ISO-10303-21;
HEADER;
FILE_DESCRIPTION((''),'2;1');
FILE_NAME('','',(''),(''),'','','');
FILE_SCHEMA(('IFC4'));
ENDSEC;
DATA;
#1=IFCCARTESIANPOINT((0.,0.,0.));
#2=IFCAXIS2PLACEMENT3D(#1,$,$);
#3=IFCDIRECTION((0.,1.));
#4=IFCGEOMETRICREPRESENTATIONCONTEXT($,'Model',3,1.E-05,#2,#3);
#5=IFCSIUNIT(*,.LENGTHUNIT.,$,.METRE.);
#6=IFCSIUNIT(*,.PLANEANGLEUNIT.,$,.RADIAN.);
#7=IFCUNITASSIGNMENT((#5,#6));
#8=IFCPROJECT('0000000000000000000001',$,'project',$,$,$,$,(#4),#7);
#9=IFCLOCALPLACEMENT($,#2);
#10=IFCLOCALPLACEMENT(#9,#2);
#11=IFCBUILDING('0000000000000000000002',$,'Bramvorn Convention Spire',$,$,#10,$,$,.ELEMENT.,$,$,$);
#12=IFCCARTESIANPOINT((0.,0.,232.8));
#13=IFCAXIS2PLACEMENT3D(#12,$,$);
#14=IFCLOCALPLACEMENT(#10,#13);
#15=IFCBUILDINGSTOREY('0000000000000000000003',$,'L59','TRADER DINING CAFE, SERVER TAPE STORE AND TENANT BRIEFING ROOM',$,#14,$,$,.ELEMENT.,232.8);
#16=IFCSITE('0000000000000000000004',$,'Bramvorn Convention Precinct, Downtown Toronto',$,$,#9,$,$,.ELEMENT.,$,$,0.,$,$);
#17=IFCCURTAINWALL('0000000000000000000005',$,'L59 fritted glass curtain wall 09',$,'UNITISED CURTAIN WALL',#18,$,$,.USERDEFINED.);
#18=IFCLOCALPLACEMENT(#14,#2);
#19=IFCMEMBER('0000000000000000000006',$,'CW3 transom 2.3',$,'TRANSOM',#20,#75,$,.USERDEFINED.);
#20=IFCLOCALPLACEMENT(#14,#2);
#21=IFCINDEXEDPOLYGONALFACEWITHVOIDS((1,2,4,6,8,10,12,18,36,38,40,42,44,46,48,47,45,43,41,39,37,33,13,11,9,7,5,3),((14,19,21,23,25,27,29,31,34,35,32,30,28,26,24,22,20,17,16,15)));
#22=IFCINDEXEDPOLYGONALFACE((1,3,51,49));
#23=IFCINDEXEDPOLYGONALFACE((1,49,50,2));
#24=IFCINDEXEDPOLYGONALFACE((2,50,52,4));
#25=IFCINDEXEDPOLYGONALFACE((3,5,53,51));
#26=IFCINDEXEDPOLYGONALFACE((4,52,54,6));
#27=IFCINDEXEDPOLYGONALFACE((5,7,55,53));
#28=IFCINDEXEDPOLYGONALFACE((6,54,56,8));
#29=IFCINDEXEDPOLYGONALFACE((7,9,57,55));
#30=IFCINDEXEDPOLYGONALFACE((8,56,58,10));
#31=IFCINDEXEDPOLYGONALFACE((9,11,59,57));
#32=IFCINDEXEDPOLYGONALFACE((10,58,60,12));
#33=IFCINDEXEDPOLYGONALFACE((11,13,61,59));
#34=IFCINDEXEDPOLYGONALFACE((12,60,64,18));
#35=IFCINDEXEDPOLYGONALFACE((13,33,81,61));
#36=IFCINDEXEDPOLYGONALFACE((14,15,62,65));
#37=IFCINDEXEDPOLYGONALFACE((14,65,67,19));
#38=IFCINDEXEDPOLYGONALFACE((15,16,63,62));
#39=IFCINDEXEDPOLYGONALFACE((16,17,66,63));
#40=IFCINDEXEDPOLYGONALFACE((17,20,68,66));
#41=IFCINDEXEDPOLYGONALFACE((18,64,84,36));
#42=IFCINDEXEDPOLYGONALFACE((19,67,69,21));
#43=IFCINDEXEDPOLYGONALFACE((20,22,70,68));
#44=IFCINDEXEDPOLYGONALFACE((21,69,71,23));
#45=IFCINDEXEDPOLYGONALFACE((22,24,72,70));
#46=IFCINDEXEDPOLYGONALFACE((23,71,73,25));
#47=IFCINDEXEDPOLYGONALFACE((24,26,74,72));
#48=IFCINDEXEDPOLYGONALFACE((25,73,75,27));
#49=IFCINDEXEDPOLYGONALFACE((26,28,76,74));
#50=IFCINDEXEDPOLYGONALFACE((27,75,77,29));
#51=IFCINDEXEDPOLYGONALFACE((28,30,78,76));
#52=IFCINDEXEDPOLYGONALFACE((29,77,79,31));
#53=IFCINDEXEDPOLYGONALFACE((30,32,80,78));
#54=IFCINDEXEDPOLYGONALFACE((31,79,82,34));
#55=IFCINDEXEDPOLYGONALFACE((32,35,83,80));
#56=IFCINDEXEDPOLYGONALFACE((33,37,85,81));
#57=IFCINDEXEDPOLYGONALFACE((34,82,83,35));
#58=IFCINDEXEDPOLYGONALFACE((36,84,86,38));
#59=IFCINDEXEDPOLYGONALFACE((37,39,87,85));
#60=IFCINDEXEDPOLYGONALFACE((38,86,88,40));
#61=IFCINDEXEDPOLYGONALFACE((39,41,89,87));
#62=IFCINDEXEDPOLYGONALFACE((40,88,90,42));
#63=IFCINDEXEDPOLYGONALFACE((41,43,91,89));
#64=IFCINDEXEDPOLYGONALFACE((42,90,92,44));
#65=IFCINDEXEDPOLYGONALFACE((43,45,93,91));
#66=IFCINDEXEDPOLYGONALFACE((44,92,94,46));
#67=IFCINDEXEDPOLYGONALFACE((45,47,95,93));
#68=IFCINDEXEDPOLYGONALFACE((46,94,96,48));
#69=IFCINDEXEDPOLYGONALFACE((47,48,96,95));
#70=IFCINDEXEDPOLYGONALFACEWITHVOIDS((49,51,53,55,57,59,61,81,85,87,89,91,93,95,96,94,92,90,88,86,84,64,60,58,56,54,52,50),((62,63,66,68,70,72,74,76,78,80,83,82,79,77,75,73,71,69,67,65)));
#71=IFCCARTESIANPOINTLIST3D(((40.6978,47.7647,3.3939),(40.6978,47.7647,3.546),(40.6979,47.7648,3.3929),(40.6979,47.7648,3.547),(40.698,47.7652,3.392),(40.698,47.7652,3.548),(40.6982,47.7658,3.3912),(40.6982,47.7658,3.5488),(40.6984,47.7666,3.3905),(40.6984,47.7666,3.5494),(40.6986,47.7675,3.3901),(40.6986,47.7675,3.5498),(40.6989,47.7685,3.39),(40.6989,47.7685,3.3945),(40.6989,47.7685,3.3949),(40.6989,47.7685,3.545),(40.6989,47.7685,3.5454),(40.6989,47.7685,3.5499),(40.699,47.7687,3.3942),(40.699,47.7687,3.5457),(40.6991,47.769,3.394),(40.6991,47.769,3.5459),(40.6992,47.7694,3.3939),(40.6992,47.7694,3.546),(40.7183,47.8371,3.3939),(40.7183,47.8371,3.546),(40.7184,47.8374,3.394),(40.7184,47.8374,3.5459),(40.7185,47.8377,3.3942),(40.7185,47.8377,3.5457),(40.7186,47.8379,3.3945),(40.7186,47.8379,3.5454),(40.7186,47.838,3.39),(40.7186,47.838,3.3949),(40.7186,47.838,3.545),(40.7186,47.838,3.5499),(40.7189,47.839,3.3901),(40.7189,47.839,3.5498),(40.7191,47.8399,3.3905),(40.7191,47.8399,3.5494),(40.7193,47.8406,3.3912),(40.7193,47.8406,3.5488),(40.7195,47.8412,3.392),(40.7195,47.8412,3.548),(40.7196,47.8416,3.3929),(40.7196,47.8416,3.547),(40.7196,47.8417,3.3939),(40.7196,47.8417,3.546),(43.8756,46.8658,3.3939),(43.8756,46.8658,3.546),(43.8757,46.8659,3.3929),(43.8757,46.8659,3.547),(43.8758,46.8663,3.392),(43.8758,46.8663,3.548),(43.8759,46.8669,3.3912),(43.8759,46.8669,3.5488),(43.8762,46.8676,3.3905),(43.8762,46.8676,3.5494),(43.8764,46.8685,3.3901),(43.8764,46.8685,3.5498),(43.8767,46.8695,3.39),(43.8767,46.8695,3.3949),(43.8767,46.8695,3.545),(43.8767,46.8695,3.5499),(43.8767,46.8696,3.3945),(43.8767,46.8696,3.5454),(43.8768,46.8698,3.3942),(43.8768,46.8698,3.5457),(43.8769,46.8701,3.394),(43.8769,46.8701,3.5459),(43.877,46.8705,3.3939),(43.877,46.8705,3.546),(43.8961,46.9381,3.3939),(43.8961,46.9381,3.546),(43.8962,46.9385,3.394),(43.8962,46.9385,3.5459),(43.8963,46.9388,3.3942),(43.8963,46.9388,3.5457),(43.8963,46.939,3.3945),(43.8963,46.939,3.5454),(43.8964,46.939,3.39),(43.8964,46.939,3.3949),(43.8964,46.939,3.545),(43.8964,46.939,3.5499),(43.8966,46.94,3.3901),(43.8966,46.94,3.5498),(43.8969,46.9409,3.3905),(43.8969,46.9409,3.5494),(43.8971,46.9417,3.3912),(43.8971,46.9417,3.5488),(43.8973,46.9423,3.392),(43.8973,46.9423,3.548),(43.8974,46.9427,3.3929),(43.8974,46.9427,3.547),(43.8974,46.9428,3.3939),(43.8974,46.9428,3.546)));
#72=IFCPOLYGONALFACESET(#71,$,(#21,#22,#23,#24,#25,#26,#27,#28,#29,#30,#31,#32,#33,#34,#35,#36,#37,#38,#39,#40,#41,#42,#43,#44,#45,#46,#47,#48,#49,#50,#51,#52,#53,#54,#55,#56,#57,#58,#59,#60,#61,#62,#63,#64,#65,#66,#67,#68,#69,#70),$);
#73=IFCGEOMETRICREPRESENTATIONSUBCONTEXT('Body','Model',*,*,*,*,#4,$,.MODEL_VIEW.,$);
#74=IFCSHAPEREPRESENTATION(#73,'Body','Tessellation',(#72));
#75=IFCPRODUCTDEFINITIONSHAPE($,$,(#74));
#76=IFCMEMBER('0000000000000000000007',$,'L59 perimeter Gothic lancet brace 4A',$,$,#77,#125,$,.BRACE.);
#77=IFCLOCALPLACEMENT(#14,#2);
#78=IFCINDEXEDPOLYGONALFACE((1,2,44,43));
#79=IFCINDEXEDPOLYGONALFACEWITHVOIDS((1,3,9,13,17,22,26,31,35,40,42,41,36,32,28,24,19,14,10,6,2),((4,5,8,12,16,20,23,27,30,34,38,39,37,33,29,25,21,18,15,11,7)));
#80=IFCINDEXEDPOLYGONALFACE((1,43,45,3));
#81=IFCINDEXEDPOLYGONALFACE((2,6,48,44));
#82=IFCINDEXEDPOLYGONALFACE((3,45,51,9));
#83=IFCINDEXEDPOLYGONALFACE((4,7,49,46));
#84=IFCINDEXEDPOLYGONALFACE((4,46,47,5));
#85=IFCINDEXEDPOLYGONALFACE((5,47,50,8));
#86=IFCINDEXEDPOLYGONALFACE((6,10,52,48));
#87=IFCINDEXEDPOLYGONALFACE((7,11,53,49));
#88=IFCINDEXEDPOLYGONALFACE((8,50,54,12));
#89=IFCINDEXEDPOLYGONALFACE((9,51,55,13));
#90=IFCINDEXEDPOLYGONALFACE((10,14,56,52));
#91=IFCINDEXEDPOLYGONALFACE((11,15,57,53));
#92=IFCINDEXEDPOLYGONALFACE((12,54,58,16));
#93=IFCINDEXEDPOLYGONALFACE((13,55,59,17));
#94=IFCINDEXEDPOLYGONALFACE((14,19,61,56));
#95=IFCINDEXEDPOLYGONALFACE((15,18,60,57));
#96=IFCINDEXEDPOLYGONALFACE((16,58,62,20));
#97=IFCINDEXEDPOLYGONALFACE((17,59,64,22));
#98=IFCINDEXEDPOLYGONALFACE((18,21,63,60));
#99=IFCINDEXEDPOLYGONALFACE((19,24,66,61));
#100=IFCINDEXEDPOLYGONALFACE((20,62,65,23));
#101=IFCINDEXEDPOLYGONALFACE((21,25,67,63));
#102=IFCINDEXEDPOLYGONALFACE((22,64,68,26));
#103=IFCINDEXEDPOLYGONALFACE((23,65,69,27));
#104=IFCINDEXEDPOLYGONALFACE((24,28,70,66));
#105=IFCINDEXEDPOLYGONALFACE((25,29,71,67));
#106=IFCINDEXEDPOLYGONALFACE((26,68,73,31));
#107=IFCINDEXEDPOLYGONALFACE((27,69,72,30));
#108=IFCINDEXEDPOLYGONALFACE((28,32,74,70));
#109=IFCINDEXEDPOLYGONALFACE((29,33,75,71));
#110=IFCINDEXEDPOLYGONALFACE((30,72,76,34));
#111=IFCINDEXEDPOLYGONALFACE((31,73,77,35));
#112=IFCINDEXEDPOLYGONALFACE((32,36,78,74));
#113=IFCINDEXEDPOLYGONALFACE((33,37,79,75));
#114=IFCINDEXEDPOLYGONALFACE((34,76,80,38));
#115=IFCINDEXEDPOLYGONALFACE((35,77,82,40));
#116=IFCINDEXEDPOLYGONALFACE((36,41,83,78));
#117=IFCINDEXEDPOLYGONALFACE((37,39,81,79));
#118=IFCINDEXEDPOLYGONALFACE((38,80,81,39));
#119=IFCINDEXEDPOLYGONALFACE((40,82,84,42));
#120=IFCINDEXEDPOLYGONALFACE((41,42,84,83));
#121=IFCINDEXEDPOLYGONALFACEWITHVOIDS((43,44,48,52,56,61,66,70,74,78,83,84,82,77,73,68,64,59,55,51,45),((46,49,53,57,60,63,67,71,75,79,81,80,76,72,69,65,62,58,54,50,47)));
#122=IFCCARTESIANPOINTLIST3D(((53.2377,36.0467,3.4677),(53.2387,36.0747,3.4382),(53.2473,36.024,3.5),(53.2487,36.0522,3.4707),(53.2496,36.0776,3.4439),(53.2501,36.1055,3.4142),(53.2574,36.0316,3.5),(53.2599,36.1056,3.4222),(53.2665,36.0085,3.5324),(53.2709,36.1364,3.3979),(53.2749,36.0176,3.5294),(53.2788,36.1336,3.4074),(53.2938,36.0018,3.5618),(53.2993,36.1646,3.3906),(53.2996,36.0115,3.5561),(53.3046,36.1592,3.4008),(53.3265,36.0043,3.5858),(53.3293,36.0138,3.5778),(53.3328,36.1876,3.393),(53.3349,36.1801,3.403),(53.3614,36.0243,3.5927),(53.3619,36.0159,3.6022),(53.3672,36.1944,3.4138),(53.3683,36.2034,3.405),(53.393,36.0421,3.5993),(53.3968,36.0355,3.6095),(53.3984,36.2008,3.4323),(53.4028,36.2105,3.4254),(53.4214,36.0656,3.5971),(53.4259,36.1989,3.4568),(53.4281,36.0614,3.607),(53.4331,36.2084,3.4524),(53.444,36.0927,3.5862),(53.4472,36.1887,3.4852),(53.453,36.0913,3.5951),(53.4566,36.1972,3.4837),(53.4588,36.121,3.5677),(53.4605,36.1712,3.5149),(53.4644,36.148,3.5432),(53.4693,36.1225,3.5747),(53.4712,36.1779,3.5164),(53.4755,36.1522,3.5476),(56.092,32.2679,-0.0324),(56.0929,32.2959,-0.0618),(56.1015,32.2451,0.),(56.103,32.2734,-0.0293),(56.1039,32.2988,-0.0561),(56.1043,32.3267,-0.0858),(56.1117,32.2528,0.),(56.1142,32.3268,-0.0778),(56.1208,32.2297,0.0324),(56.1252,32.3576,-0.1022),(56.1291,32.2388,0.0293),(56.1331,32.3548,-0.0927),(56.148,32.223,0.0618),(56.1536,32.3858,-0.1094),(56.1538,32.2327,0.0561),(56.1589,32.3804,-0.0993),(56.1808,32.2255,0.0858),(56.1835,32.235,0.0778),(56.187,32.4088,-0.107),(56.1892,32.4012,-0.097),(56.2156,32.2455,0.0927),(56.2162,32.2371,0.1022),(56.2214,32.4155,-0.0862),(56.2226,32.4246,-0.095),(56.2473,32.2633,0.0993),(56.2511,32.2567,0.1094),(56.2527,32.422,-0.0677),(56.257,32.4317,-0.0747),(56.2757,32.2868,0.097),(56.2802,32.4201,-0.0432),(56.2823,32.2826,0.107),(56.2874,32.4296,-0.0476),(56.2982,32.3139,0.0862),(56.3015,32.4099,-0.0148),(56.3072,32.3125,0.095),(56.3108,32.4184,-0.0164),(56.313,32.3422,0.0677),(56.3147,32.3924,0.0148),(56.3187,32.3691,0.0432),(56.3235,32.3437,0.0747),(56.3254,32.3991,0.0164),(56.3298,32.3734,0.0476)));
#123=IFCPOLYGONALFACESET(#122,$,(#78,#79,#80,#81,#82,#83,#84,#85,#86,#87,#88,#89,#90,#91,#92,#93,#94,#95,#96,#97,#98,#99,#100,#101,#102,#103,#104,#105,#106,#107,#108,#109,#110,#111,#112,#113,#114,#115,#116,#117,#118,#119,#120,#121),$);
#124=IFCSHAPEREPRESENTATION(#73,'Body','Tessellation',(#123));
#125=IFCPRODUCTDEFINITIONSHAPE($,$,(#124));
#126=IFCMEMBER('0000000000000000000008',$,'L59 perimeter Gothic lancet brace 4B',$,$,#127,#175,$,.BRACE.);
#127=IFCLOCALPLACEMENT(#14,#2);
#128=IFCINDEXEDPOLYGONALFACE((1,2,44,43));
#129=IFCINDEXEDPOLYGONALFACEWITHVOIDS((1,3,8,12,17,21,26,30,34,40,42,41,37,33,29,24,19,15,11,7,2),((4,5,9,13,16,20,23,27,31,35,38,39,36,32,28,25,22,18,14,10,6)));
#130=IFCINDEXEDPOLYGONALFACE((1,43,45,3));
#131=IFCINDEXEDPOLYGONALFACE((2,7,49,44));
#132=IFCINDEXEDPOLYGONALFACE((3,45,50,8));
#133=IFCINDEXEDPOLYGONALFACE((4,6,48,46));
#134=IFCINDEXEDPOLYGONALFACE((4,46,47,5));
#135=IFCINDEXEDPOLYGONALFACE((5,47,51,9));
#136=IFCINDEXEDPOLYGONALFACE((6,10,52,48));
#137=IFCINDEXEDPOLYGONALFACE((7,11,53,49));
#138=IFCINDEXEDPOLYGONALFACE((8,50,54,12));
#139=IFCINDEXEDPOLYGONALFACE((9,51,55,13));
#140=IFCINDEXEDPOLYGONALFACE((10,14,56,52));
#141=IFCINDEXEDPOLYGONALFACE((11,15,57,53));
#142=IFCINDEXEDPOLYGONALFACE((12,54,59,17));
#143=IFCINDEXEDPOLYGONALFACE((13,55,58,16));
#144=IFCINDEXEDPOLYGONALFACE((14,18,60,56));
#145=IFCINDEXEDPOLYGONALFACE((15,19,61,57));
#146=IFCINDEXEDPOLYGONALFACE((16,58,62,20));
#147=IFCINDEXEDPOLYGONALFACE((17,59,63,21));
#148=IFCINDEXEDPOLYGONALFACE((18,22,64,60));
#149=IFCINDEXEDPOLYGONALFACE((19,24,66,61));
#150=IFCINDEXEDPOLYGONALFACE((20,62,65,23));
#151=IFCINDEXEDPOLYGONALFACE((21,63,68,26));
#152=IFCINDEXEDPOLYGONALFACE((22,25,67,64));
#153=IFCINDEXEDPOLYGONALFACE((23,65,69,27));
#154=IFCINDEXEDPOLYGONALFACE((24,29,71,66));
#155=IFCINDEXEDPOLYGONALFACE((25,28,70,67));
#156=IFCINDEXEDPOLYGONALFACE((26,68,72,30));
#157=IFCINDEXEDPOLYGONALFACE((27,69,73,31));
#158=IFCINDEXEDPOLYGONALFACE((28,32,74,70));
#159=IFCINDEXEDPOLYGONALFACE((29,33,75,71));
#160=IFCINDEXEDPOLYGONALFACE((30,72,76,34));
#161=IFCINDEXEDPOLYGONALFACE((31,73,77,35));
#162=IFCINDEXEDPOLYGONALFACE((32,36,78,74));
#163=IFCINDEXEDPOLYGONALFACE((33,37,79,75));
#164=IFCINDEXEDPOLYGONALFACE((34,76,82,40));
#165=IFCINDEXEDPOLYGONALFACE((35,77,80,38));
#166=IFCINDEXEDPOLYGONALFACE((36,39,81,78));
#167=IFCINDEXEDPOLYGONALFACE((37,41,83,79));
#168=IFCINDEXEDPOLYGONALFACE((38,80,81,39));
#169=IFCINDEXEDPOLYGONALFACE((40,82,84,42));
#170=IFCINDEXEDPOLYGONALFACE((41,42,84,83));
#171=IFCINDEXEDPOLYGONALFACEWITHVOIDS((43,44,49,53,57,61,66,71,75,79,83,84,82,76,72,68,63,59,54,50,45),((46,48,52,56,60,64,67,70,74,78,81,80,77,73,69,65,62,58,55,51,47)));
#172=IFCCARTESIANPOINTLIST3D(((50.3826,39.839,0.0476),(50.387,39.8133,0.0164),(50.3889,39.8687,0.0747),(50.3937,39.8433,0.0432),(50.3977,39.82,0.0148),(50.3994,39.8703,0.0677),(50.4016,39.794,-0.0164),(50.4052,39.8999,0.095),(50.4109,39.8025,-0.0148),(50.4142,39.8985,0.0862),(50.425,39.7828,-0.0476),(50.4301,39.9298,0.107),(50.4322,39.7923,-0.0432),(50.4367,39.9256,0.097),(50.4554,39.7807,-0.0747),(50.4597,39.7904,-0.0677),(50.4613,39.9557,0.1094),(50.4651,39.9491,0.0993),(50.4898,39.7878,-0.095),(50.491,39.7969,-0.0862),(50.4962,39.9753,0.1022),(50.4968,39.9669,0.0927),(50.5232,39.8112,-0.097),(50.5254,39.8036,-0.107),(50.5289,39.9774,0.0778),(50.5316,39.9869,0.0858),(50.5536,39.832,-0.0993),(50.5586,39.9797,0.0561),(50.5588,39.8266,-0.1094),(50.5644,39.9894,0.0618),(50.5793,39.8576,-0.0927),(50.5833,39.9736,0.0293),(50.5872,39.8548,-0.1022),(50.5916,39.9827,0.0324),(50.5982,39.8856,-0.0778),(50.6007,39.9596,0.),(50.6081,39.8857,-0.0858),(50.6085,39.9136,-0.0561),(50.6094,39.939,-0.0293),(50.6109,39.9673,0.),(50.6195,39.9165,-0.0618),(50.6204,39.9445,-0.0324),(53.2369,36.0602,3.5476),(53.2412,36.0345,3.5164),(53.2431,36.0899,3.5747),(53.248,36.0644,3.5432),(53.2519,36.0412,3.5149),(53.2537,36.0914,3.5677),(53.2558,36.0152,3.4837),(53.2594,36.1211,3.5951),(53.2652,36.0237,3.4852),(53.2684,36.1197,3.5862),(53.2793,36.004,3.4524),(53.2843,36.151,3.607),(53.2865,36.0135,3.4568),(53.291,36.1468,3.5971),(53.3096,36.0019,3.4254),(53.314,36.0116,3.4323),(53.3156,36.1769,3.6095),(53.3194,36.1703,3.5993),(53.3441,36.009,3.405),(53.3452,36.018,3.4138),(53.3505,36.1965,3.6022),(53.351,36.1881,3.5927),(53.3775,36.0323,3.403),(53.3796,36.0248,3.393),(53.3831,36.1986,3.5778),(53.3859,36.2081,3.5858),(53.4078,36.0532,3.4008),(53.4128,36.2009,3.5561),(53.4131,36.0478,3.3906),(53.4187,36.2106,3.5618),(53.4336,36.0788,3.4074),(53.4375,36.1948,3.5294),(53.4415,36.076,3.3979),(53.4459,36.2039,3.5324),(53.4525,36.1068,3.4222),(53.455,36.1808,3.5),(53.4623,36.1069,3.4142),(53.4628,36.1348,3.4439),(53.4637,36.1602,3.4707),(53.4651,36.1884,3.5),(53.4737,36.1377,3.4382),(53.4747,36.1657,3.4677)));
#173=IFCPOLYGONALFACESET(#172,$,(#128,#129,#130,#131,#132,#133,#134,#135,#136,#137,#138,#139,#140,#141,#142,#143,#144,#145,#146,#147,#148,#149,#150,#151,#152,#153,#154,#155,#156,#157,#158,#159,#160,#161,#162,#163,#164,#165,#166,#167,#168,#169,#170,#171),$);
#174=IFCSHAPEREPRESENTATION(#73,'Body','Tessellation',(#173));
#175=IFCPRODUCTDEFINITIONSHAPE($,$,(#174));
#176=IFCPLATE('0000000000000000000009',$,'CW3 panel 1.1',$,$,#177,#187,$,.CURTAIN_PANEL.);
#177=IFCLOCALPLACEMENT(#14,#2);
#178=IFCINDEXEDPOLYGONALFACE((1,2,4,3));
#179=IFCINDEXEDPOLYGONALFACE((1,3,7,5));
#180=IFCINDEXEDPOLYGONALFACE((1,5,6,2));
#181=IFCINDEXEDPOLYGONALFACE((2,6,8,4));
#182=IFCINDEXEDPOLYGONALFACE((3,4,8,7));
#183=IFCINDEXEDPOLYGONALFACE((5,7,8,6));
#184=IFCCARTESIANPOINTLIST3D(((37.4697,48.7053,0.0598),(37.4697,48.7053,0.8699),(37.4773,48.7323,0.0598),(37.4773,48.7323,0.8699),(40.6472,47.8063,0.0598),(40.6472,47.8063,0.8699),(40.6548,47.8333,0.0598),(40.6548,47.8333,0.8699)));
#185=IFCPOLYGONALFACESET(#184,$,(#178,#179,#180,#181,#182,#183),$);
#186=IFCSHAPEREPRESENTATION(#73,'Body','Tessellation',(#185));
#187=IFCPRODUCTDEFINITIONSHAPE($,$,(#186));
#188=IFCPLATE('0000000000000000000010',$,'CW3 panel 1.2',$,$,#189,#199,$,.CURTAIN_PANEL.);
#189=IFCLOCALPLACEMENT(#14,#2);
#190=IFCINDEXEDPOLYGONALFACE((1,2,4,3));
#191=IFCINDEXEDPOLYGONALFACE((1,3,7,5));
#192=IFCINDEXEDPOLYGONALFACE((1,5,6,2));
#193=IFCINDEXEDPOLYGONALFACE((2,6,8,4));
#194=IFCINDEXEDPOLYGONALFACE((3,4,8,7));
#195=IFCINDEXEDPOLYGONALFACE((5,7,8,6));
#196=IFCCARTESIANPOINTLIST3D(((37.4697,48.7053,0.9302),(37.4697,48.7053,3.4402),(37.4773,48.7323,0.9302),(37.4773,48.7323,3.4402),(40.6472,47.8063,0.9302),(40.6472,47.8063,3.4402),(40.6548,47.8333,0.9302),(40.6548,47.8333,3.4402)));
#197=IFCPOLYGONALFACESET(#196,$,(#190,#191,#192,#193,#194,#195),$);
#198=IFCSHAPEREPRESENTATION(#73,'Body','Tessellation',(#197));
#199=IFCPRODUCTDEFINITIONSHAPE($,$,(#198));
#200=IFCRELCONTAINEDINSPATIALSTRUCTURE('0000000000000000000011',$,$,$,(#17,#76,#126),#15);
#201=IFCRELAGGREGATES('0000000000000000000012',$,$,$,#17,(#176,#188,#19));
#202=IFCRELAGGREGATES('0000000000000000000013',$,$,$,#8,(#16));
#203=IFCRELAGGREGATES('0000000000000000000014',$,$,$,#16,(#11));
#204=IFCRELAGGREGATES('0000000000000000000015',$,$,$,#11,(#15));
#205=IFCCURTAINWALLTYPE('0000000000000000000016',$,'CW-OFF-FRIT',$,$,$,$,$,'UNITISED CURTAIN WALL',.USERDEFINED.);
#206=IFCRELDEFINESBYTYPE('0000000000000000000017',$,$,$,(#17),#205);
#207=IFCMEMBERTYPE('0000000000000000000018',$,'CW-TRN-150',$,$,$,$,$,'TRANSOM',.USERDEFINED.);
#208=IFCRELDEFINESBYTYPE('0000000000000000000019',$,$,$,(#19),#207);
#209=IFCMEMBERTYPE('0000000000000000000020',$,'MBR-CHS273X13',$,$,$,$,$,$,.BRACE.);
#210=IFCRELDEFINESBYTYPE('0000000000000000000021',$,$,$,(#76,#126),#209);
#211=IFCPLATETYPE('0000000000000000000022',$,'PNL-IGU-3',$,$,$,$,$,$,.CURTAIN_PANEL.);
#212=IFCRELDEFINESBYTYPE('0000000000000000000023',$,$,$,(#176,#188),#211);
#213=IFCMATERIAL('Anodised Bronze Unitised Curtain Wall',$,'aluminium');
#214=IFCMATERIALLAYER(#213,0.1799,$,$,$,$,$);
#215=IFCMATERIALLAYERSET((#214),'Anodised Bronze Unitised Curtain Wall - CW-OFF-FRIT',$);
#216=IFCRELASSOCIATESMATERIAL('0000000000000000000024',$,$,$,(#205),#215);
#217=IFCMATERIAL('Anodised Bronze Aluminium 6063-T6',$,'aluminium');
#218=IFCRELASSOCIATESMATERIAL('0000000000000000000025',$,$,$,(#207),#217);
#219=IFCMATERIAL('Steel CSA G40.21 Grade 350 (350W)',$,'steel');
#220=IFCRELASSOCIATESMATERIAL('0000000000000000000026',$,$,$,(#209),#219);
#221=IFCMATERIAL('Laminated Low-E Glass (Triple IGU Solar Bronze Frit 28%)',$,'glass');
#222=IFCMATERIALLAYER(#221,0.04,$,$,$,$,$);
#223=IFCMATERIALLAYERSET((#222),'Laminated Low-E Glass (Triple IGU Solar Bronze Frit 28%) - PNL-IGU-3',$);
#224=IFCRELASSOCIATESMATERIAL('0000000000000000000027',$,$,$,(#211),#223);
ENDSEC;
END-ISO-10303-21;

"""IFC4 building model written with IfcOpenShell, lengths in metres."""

from ifc_helpers import new_model, si_unit, direction, frame, origin, origin_2d, place, context, subcontext, project, spatial, rectangle, hollow_rectangle, hollow_circle, extrude, material, layer, layer_set, material_profile, profile_set, type_object, element, aggregate, save


model = new_model("IFC4")

# Units and contexts
model_context = context("Model", 3, precision=1e-05, world=origin(), true_north=direction((0.0, 1.0)))
body_context = subcontext(model_context, "Body", "Model", "MODEL_VIEW")
ifc_project = project(units=[si_unit("LENGTHUNIT", "METRE"), si_unit("PLANEANGLEUNIT", "RADIAN")], contexts=[model_context])

# Site, building, storey
site_placement = place(None, origin())
site = spatial("IfcSite", under=ifc_project, at=site_placement, Name="Bramvorn Convention Precinct, Downtown Toronto", CompositionType="ELEMENT", RefElevation=0.0)
building_placement = place(site_placement, origin())
building = spatial("IfcBuilding", under=site, at=building_placement, Name="Bramvorn Convention Spire", CompositionType="ELEMENT")
storey_placement = place(building_placement, frame((0.0, 0.0, 232.8)))
storey = spatial("IfcBuildingStorey", under=building, at=storey_placement, Name="L59", Description="TRADER DINING CAFE, SERVER TAPE STORE AND TENANT BRIEFING ROOM", CompositionType="ELEMENT", Elevation=232.8)

# Shared definitions
ifc_material_1 = material(Name="Steel CSA G40.21 Grade 350 (350W)", Category="steel")

# Curtain wall
ifc_material_2 = material(Name="Anodised Bronze Unitised Curtain Wall", Category="aluminium")
ifc_layer_1 = layer(ifc_material_2, 0.1799)
ifc_layer_set_1 = layer_set([ifc_layer_1], Name="Anodised Bronze Unitised Curtain Wall - CW-OFF-FRIT")
curtain_wall_type = type_object("IfcCurtainWallType", Name="CW-OFF-FRIT", ElementType="UNITISED CURTAIN WALL", PredefinedType="USERDEFINED", material=ifc_layer_set_1)
curtain_wall_1_placement = place(storey_placement, origin())
curtain_wall_1 = element("IfcCurtainWall", 1, at=curtain_wall_1_placement, inside=storey, type_object=curtain_wall_type, Name="L59 fritted glass curtain wall 09", ObjectType="UNITISED CURTAIN WALL", PredefinedType="USERDEFINED")
ifc_material_3 = material(Name="Anodised Bronze Aluminium 6063-T6", Category="aluminium")

# Member
ifc_material_profile_1 = material_profile(ifc_material_3, hollow_rectangle(XDim=0.0801, YDim=0.1599, WallThickness=0.0039, InnerFilletRadius=0.001, OuterFilletRadius=0.0039, at=origin_2d()))
ifc_profile_set_1 = profile_set([ifc_material_profile_1], Name="Anodised Bronze Aluminium 6063-T6 - CWT80X160")
member_type_1 = type_object("IfcMemberType", Name="CW-TRN-150", ElementType="TRANSOM", PredefinedType="USERDEFINED", material=ifc_profile_set_1)
member_1_placement = place(storey_placement, frame((40.7087, 47.8032, 3.47), z_axis=(0.96224, -0.272201, 0.0), x_axis=(0.272201, 0.96224, 0.0)))
member_1 = element("IfcMember", 2, at=member_1_placement, type_object=member_type_1, Name="CW3 transom 2.3", ObjectType="TRANSOM", PredefinedType="USERDEFINED", context=body_context, shape_type="SweptSolid", body=[
    extrude(hollow_rectangle(XDim=0.0801, YDim=0.1599, WallThickness=0.0039, InnerFilletRadius=0.001, OuterFilletRadius=0.0039, at=origin_2d()), origin(), (0.0, 0.0, 1.0), 3.3025),
])

# Members
ifc_material_profile_2 = material_profile(ifc_material_1, hollow_circle(Radius=0.1365, WallThickness=0.0127, at=origin_2d()))
ifc_profile_set_2 = profile_set([ifc_material_profile_2], Name="Steel CSA G40.21 Grade 350 (350W) - CHS273X13")
member_type_2 = type_object("IfcMemberType", Name="MBR-CHS273X13", PredefinedType="BRACE", material=ifc_profile_set_2)
for number, where, z_axis, x_axis, name in (
    (3, (56.2104, 32.3274, 0.0), (-0.484704, 0.641711, 0.594364), (-0.797954, -0.602719, 0.0), "L59 perimeter Gothic lancet brace 4A"),
    (4, (50.502, 39.885, 0.0), (0.484704, -0.641711, 0.594364), (0.797954, 0.602719, 0.0), "L59 perimeter Gothic lancet brace 4B"),
):
    element("IfcMember", number, at=place(storey_placement, frame(where, z_axis=z_axis, x_axis=x_axis)), inside=storey, type_object=member_type_2, Name=name, PredefinedType="BRACE", context=body_context, shape_type="SweptSolid", body=[
        extrude(hollow_circle(Radius=0.1365, WallThickness=0.0127, at=origin_2d()), origin(), (0.0, 0.0, 1.0), 5.8887),
    ])

# Plates
ifc_material_4 = material(Name="Laminated Low-E Glass (Triple IGU Solar Bronze Frit 28%)", Category="glass")
ifc_layer_2 = layer(ifc_material_4, 0.04)
ifc_layer_set_2 = layer_set([ifc_layer_2], Name="Laminated Low-E Glass (Triple IGU Solar Bronze Frit 28%) - PNL-IGU-3")
plate_type = type_object("IfcPlateType", Name="PNL-IGU-3", PredefinedType="CURTAIN_PANEL", material=ifc_layer_set_2)
plate_1_placement = place(storey_placement, frame((39.0623, 48.2693, 0.0598), z_axis=(0.0, 0.0, 1.0), x_axis=(0.96223, -0.272236, 0.0)))
plate_1 = element("IfcPlate", 5, at=plate_1_placement, type_object=plate_type, Name="CW3 panel 1.1", PredefinedType="CURTAIN_PANEL", context=body_context, shape_type="SweptSolid", body=[
    extrude(rectangle(XDim=3.3022, YDim=0.0281, at=origin_2d()), origin(), (0.0, 0.0, 1.0), 0.8101),
])
plate_2_placement = place(storey_placement, frame((39.0623, 48.2693, 0.9302), z_axis=(0.0, 0.0, 1.0), x_axis=(0.96223, -0.272236, 0.0)))
plate_2 = element("IfcPlate", 6, at=plate_2_placement, type_object=plate_type, Name="CW3 panel 1.2", PredefinedType="CURTAIN_PANEL", context=body_context, shape_type="SweptSolid", body=[
    extrude(rectangle(XDim=3.3022, YDim=0.0281, at=origin_2d()), origin(), (0.0, 0.0, 1.0), 2.51),
])
aggregate(curtain_wall_1, [plate_1, plate_2, member_1])

save(model, "model.ifc")
